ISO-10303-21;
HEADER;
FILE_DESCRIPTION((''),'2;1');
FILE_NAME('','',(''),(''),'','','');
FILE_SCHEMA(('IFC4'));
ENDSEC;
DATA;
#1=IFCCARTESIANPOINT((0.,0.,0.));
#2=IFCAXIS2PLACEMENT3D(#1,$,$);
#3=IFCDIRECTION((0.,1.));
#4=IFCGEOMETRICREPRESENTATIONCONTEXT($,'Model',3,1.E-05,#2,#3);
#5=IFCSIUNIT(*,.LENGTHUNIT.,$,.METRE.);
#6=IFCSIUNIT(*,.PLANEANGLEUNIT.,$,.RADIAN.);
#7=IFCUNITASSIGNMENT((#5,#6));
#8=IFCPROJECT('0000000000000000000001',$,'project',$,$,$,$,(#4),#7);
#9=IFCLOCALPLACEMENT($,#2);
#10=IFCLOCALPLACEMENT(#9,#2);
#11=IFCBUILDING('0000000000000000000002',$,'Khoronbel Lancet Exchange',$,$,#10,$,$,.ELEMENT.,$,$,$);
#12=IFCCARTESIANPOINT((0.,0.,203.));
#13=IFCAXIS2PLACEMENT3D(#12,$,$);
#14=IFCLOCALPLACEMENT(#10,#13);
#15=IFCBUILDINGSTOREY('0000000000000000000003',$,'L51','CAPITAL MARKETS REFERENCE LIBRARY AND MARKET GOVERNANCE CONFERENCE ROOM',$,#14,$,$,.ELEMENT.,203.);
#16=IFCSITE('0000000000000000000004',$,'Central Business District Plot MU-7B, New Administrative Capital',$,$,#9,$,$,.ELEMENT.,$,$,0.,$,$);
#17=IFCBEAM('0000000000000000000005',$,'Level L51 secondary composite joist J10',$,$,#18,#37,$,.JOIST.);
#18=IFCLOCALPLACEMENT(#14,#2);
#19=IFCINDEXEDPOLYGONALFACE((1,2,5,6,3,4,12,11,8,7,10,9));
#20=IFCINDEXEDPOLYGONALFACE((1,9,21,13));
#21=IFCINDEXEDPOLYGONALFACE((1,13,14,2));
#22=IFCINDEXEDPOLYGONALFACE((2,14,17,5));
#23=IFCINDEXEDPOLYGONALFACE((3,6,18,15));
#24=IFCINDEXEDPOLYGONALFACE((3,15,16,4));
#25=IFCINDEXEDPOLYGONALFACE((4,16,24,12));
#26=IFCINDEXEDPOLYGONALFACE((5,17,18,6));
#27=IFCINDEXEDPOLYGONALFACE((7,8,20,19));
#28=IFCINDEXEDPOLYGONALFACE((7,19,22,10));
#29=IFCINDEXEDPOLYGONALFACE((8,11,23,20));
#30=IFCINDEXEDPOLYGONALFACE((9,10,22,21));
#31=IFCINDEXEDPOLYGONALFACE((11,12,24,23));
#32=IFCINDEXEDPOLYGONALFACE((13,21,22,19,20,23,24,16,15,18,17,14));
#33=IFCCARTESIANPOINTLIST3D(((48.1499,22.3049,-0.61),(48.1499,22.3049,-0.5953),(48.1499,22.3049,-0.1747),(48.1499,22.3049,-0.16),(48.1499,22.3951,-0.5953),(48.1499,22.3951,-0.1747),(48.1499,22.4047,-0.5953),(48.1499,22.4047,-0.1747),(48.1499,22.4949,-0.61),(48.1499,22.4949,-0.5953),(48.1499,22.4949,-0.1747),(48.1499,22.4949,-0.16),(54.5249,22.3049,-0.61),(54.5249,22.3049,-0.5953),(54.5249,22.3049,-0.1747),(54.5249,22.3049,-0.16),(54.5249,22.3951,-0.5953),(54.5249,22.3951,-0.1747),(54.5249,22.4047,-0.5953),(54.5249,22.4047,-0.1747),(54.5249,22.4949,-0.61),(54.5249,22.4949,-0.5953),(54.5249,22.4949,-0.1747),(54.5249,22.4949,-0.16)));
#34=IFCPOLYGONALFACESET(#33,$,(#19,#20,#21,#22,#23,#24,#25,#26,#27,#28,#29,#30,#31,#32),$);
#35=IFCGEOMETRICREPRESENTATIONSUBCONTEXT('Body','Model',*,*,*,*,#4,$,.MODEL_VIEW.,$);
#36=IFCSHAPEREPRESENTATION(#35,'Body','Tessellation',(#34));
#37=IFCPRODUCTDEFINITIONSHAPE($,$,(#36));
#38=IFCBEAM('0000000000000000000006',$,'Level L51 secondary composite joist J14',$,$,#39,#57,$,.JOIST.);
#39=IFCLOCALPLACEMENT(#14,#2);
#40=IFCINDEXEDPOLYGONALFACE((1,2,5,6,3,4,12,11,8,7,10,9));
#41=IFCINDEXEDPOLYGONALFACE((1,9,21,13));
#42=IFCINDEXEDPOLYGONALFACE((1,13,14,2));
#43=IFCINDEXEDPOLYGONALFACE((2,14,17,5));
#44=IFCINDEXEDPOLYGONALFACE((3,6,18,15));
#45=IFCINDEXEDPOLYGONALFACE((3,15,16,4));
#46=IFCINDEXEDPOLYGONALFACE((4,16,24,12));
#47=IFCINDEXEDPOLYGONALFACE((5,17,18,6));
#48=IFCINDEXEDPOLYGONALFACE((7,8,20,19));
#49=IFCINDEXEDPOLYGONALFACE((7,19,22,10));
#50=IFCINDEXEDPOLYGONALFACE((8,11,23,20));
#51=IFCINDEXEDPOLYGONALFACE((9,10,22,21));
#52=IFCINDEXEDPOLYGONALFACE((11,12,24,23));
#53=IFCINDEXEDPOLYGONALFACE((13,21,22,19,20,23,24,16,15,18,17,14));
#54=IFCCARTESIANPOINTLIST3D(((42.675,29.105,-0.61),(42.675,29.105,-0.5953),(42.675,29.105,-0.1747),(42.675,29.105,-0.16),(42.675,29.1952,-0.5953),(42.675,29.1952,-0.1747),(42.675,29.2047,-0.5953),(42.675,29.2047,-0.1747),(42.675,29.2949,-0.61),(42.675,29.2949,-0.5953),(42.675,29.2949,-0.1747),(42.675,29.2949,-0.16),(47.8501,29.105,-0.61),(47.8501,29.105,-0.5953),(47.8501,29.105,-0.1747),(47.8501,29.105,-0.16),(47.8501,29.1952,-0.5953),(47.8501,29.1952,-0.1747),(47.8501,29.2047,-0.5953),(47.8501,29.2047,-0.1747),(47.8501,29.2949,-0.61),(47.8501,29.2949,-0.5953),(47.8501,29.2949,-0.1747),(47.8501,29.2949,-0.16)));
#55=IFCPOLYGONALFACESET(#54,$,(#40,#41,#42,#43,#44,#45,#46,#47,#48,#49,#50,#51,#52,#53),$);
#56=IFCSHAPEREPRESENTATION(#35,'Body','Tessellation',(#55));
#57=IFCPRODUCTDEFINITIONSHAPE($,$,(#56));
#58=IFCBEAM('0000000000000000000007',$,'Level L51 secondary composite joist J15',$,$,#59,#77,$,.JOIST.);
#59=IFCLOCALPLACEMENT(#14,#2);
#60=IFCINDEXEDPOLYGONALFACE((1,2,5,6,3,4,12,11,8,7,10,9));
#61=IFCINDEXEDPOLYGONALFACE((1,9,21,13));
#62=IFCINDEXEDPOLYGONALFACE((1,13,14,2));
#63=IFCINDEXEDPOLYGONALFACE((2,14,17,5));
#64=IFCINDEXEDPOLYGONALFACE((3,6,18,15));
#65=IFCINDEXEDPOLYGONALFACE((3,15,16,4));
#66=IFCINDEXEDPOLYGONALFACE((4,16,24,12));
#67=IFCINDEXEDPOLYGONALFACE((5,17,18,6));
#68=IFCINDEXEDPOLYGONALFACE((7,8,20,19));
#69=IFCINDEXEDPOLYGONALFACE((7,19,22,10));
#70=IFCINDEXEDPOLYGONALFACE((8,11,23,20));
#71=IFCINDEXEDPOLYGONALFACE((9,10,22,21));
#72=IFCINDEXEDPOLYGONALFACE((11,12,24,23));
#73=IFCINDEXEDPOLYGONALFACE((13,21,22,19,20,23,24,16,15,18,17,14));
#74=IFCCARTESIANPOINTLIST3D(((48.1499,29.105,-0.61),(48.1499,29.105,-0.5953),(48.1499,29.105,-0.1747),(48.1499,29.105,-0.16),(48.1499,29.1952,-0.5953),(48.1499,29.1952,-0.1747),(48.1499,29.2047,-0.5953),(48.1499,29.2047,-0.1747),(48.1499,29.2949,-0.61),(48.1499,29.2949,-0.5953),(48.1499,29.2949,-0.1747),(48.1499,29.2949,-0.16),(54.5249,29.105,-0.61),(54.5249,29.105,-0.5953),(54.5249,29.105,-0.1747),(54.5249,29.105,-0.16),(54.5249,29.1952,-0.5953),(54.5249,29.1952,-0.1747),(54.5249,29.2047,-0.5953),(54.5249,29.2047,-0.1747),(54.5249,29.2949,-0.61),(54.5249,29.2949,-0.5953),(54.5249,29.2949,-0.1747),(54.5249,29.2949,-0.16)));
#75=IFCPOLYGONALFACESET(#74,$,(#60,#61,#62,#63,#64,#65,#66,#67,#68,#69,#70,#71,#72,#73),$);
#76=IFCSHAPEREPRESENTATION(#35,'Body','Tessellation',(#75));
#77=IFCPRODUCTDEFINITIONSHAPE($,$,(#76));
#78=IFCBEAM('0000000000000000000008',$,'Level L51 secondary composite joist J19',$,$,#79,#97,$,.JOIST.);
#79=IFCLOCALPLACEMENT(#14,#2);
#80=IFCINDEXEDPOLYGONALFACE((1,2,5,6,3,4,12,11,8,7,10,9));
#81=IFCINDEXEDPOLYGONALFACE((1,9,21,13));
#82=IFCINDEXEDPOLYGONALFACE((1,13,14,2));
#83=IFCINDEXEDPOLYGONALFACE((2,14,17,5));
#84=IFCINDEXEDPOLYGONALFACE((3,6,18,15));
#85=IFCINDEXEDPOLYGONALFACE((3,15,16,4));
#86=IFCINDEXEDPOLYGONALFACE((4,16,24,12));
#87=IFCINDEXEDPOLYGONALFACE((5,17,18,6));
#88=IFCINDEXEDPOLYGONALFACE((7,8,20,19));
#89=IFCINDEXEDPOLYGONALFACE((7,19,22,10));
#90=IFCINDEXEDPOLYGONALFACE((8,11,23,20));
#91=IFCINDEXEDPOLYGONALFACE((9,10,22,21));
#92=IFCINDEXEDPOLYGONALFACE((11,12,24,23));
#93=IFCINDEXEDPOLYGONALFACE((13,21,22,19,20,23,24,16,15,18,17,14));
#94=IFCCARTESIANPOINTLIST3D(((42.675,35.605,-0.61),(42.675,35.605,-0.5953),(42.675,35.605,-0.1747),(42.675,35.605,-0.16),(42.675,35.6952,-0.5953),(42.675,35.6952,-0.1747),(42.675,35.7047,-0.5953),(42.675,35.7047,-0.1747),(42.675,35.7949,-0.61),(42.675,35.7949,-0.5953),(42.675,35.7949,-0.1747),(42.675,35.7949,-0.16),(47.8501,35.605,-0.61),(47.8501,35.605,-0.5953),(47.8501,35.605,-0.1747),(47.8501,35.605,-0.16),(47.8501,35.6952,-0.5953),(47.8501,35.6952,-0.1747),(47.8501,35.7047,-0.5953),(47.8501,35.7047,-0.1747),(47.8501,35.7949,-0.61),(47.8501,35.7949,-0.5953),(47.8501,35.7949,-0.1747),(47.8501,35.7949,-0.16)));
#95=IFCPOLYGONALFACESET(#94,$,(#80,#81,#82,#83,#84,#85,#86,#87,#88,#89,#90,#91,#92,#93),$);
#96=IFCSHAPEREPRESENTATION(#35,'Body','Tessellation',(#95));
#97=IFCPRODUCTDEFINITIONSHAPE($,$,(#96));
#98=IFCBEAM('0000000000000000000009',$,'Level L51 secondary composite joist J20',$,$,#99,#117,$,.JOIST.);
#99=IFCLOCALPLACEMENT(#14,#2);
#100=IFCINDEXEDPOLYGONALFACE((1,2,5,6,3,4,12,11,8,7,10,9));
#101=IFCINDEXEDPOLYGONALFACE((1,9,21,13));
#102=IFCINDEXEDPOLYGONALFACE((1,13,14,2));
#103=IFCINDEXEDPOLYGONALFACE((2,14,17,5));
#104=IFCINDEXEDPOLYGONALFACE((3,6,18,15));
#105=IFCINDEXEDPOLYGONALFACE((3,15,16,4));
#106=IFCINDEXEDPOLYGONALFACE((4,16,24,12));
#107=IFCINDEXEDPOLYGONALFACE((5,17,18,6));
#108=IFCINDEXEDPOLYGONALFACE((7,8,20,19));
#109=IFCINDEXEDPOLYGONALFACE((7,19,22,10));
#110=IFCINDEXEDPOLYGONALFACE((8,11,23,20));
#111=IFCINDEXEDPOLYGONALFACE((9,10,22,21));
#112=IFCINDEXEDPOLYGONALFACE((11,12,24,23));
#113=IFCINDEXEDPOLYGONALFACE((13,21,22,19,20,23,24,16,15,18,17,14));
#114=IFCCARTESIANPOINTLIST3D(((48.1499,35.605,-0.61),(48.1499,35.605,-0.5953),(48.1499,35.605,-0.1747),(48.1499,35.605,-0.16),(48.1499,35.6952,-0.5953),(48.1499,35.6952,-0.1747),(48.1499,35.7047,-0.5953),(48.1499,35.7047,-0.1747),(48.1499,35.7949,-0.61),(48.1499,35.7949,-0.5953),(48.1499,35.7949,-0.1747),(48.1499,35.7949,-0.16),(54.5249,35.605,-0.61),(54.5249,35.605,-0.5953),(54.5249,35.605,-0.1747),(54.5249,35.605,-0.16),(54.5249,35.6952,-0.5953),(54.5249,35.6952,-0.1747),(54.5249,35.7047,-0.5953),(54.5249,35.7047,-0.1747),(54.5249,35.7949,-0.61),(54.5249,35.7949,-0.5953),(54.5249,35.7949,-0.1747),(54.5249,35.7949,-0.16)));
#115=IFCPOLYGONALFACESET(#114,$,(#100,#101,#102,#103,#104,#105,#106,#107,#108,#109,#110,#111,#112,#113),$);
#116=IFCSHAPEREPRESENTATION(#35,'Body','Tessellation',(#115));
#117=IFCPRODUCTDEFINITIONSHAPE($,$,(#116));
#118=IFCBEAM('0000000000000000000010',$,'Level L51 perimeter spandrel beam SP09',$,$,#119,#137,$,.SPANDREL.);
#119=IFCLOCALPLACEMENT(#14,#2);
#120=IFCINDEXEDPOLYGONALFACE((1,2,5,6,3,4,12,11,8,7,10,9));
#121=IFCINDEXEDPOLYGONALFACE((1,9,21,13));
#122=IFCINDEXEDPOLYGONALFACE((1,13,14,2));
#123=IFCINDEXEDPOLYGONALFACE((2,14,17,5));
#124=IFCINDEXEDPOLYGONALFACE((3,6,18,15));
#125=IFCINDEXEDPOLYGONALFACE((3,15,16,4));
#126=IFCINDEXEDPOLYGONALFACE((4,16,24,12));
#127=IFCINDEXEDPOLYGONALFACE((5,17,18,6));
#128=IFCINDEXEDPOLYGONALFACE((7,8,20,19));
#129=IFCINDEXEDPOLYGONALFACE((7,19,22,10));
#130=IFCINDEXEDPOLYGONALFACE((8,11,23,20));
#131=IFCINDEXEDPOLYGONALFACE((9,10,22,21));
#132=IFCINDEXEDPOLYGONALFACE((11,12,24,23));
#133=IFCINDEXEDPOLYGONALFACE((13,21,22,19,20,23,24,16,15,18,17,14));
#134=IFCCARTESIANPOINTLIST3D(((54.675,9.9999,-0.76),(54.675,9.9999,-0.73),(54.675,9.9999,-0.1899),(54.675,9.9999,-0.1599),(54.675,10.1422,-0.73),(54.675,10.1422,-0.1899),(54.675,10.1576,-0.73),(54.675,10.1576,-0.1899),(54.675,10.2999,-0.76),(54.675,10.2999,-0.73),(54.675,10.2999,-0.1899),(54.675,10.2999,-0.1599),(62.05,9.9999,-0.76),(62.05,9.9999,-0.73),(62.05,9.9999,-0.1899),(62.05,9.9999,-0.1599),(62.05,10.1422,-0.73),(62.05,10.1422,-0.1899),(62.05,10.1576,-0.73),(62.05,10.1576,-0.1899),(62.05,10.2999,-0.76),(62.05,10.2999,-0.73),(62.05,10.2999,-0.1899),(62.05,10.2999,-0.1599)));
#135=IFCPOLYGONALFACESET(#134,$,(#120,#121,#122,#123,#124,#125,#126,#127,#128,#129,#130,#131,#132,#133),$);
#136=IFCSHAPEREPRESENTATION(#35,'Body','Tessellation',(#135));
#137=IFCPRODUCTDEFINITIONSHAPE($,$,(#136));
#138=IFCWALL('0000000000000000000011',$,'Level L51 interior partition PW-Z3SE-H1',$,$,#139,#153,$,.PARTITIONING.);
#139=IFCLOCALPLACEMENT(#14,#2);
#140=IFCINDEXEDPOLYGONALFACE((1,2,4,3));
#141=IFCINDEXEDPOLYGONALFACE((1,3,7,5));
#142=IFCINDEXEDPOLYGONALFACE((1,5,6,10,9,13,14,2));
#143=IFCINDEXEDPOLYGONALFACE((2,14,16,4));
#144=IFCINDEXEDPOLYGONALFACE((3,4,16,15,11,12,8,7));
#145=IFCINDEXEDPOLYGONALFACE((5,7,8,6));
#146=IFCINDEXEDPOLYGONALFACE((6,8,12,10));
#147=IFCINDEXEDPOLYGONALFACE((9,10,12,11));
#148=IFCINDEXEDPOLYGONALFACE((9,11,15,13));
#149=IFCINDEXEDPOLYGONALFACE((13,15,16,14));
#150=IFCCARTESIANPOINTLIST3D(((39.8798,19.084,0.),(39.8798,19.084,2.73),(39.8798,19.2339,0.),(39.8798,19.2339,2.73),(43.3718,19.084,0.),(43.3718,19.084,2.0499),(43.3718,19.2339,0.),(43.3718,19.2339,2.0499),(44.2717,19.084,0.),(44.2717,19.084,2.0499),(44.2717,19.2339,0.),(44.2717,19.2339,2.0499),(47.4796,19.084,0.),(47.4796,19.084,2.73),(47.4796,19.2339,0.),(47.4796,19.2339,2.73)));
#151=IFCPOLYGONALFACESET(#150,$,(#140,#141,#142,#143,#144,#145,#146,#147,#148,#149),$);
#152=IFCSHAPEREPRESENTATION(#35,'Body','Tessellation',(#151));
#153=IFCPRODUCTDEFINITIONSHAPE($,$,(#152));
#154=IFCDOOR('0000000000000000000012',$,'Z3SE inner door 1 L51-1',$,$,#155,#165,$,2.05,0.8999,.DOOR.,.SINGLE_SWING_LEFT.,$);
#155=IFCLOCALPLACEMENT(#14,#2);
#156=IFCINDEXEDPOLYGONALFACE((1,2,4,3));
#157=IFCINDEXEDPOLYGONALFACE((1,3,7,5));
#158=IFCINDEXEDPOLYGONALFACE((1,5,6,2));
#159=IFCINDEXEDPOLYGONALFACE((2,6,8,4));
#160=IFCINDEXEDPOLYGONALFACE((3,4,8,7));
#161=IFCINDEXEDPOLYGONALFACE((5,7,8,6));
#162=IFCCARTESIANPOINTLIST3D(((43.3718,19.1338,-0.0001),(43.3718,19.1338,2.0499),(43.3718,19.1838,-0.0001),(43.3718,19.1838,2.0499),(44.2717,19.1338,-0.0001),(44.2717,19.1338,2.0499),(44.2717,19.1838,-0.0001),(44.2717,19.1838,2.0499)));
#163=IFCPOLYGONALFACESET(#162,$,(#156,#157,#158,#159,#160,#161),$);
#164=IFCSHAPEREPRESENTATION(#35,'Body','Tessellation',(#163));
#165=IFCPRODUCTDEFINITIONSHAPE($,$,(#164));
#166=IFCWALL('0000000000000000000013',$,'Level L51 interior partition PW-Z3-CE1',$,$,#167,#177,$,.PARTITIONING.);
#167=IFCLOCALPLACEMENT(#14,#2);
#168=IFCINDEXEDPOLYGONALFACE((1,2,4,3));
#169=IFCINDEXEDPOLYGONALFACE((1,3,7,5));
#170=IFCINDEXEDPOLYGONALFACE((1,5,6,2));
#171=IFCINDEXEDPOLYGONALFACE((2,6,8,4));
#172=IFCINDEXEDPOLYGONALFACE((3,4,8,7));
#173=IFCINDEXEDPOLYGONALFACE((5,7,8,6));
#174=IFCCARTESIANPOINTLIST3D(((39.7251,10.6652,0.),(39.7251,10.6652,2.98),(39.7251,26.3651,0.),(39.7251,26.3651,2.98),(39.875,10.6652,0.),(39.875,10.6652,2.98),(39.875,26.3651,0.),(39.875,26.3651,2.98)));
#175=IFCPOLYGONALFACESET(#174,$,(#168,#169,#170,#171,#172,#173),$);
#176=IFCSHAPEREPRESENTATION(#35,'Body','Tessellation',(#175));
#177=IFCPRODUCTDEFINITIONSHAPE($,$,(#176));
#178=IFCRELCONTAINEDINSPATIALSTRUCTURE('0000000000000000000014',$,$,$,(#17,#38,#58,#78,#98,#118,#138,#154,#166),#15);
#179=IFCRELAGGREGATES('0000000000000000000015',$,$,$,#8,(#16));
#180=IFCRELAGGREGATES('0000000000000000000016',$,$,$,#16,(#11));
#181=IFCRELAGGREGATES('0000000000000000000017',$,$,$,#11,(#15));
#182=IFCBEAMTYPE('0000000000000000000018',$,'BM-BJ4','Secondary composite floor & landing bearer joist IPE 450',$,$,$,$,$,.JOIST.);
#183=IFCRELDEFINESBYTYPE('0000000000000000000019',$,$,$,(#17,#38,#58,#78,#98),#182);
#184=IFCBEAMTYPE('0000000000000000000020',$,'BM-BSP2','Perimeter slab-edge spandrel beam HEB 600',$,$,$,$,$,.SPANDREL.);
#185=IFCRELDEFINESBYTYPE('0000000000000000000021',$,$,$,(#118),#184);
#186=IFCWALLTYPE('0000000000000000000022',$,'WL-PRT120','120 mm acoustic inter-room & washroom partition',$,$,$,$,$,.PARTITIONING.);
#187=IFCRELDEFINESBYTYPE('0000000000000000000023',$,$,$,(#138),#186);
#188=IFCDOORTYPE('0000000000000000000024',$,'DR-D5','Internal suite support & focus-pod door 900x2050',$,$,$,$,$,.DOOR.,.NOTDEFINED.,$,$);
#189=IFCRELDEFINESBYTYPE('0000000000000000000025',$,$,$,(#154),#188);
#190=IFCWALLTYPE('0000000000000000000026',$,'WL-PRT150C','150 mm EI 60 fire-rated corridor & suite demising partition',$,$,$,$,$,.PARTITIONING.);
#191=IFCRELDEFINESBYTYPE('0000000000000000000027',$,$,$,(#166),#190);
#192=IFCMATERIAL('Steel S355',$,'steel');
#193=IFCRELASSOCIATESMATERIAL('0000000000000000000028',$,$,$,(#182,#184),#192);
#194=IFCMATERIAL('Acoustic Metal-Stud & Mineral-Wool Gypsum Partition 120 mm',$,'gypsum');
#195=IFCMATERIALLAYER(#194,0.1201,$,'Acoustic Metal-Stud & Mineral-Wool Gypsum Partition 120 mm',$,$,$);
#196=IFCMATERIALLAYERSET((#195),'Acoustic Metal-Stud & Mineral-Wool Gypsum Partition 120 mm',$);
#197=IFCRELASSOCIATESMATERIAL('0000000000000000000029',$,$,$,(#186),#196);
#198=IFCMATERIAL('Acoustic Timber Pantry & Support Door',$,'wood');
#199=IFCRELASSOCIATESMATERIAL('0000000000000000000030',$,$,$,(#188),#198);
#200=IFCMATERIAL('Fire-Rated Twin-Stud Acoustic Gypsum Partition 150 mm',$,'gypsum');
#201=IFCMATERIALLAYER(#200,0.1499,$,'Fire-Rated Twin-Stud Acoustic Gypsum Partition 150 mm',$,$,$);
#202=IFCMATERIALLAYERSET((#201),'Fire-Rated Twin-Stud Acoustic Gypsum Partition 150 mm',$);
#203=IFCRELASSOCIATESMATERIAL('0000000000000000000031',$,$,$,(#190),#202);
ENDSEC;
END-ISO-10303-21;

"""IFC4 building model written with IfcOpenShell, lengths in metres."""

from ifc_helpers import new_model, si_unit, direction, frame, frame_2d, origin, origin_2d, place, context, subcontext, project, spatial, rectangle, i_section, extrude, material, layer, layer_set, material_profile, profile_set, type_object, element, fill, save


model = new_model("IFC4")

# Units and contexts
model_context = context("Model", 3, precision=1e-05, world=origin(), true_north=direction((0.0, 1.0)))
body_context = subcontext(model_context, "Body", "Model", "MODEL_VIEW")
ifc_project = project(units=[si_unit("LENGTHUNIT", "METRE"), si_unit("PLANEANGLEUNIT", "RADIAN")], contexts=[model_context])

# Site, building, storey
site_placement = place(None, origin())
site = spatial("IfcSite", under=ifc_project, at=site_placement, Name="Central Business District Plot MU-7B, New Administrative Capital", CompositionType="ELEMENT", RefElevation=0.0)
building_placement = place(site_placement, origin())
building = spatial("IfcBuilding", under=site, at=building_placement, Name="Khoronbel Lancet Exchange", CompositionType="ELEMENT")
storey_placement = place(building_placement, frame((0.0, 0.0, 203.0)))
storey = spatial("IfcBuildingStorey", under=building, at=storey_placement, Name="L51", Description="CAPITAL MARKETS REFERENCE LIBRARY AND MARKET GOVERNANCE CONFERENCE ROOM", CompositionType="ELEMENT", Elevation=203.0)

# Shared definitions
ifc_material_1 = material(Name="Steel S355", Category="steel")

# Beams
ifc_material_profile_1 = material_profile(ifc_material_1, i_section(OverallWidth=0.1899, OverallDepth=0.45, WebThickness=0.0095, FlangeThickness=0.0146, at=origin_2d()), Name="IPE 450")
ifc_profile_set_1 = profile_set([ifc_material_profile_1], Name="Steel S355")
beam_type_1 = type_object("IfcBeamType", Name="BM-BJ4", Description="Secondary composite floor & landing bearer joist IPE 450", PredefinedType="JOIST", material=ifc_profile_set_1)
beam_1_placement = place(storey_placement, frame((48.1499, 22.3999, -0.385), z_axis=(1.0, 0.0, 0.0), x_axis=(0.0, 1.0, 0.0)))
element("IfcBeam", 1, at=beam_1_placement, inside=storey, type_object=beam_type_1, Name="Level L51 secondary composite joist J10", PredefinedType="JOIST", context=body_context, shape_type="SweptSolid", body=[
    extrude(i_section(OverallWidth=0.1899, OverallDepth=0.45, WebThickness=0.0095, FlangeThickness=0.0146, at=origin_2d()), origin(), (0.0, 0.0, 1.0), 6.375),
])
beam_2_placement = place(storey_placement, frame((42.675, 29.2, -0.385), z_axis=(1.0, 0.0, 0.0), x_axis=(0.0, 1.0, 0.0)))
element("IfcBeam", 2, at=beam_2_placement, inside=storey, type_object=beam_type_1, Name="Level L51 secondary composite joist J14", PredefinedType="JOIST", context=body_context, shape_type="SweptSolid", body=[
    extrude(i_section(OverallWidth=0.1899, OverallDepth=0.45, WebThickness=0.0095, FlangeThickness=0.0146, at=origin_2d()), origin(), (0.0, 0.0, 1.0), 5.175),
])
beam_3_placement = place(storey_placement, frame((48.1499, 29.2, -0.385), z_axis=(1.0, 0.0, 0.0), x_axis=(0.0, 1.0, 0.0)))
element("IfcBeam", 3, at=beam_3_placement, inside=storey, type_object=beam_type_1, Name="Level L51 secondary composite joist J15", PredefinedType="JOIST", context=body_context, shape_type="SweptSolid", body=[
    extrude(i_section(OverallWidth=0.1899, OverallDepth=0.45, WebThickness=0.0095, FlangeThickness=0.0146, at=origin_2d()), origin(), (0.0, 0.0, 1.0), 6.375),
])
beam_4_placement = place(storey_placement, frame((42.675, 35.7, -0.385), z_axis=(1.0, 0.0, 0.0), x_axis=(0.0, 1.0, 0.0)))
element("IfcBeam", 4, at=beam_4_placement, inside=storey, type_object=beam_type_1, Name="Level L51 secondary composite joist J19", PredefinedType="JOIST", context=body_context, shape_type="SweptSolid", body=[
    extrude(i_section(OverallWidth=0.1899, OverallDepth=0.45, WebThickness=0.0095, FlangeThickness=0.0146, at=origin_2d()), origin(), (0.0, 0.0, 1.0), 5.175),
])
beam_5_placement = place(storey_placement, frame((48.1499, 35.7, -0.385), z_axis=(1.0, 0.0, 0.0), x_axis=(0.0, 1.0, 0.0)))
element("IfcBeam", 5, at=beam_5_placement, inside=storey, type_object=beam_type_1, Name="Level L51 secondary composite joist J20", PredefinedType="JOIST", context=body_context, shape_type="SweptSolid", body=[
    extrude(i_section(OverallWidth=0.1899, OverallDepth=0.45, WebThickness=0.0095, FlangeThickness=0.0146, at=origin_2d()), origin(), (0.0, 0.0, 1.0), 6.375),
])
ifc_material_profile_2 = material_profile(ifc_material_1, i_section(OverallWidth=0.3, OverallDepth=0.6001, WebThickness=0.0154, FlangeThickness=0.03, at=origin_2d()), Name="HEB 600")
ifc_profile_set_2 = profile_set([ifc_material_profile_2], Name="Steel S355")
beam_type_2 = type_object("IfcBeamType", Name="BM-BSP2", Description="Perimeter slab-edge spandrel beam HEB 600", PredefinedType="SPANDREL", material=ifc_profile_set_2)
beam_6_placement = place(storey_placement, frame((54.675, 10.1499, -0.46), z_axis=(1.0, 0.0, 0.0), x_axis=(0.0, 1.0, 0.0)))
element("IfcBeam", 6, at=beam_6_placement, inside=storey, type_object=beam_type_2, Name="Level L51 perimeter spandrel beam SP09", PredefinedType="SPANDREL", context=body_context, shape_type="SweptSolid", body=[
    extrude(i_section(OverallWidth=0.3, OverallDepth=0.6001, WebThickness=0.0154, FlangeThickness=0.03, at=origin_2d()), origin(), (0.0, 0.0, 1.0), 7.375),
])

# Wall, opening, door
ifc_material_2 = material(Name="Acoustic Metal-Stud & Mineral-Wool Gypsum Partition 120 mm", Category="gypsum")
ifc_layer_1 = layer(ifc_material_2, 0.1201, Name="Acoustic Metal-Stud & Mineral-Wool Gypsum Partition 120 mm")
ifc_layer_set_1 = layer_set([ifc_layer_1], Name="Acoustic Metal-Stud & Mineral-Wool Gypsum Partition 120 mm")
wall_type_1 = type_object("IfcWallType", Name="WL-PRT120", Description="120 mm acoustic inter-room & washroom partition", PredefinedType="PARTITIONING", material=ifc_layer_set_1)
wall_1_placement = place(storey_placement, frame((39.8799, 19.1589, 0.0), z_axis=(0.0, 0.0, 1.0), x_axis=(1.0, 0.0, 0.0)))
wall_1 = element("IfcWall", 7, at=wall_1_placement, inside=storey, type_object=wall_type_1, Name="Level L51 interior partition PW-Z3SE-H1", PredefinedType="PARTITIONING", context=body_context, shape_type="SweptSolid", body=[
    extrude(rectangle(XDim=7.5999, YDim=0.1499, at=frame_2d((3.7998, 0.0))), origin(), (0.0, 0.0, 1.0), 2.73),
])
opening_1_placement = place(wall_1_placement, frame((3.4919, 0.0, 0.0)))
opening_1 = element("IfcOpeningElement", 8, at=opening_1_placement, cuts=wall_1, PredefinedType="OPENING", context=body_context, shape_type="SweptSolid", body=[
    extrude(rectangle(XDim=0.8999, YDim=2.05, at=frame_2d((0.45, 1.0249))), frame((0.0, 0.085, 0.0), z_axis=(0.0, -1.0, 0.0), x_axis=(1.0, 0.0, 0.0)), (0.0, 0.0, 1.0), 0.1699),
])
ifc_material_3 = material(Name="Acoustic Timber Pantry & Support Door", Category="wood")
door_type_1 = type_object("IfcDoorType", Name="DR-D5", Description="Internal suite support & focus-pod door 900x2050", OperationType="NOTDEFINED", PredefinedType="DOOR", material=ifc_material_3)
door_1_placement = place(opening_1_placement, origin())
door_1 = element("IfcDoor", 9, at=door_1_placement, inside=storey, type_object=door_type_1, Name="Z3SE inner door 1 L51-1", OperationType="SINGLE_SWING_LEFT", OverallHeight=2.05, OverallWidth=0.8999, PredefinedType="DOOR", context=body_context, shape_type="SweptSolid", body=[
    extrude(rectangle(XDim=0.8999, YDim=2.05, at=frame_2d((0.45, 1.0249))), frame((0.0, 0.0249, 0.0), z_axis=(0.0, -1.0, 0.0), x_axis=(1.0, 0.0, 0.0)), (0.0, 0.0, 1.0), 0.05),
])
fill(opening_1, door_1)

# Wall
ifc_material_4 = material(Name="Fire-Rated Twin-Stud Acoustic Gypsum Partition 150 mm", Category="gypsum")
ifc_layer_2 = layer(ifc_material_4, 0.1499, Name="Fire-Rated Twin-Stud Acoustic Gypsum Partition 150 mm")
ifc_layer_set_2 = layer_set([ifc_layer_2], Name="Fire-Rated Twin-Stud Acoustic Gypsum Partition 150 mm")
wall_type_2 = type_object("IfcWallType", Name="WL-PRT150C", Description="150 mm EI 60 fire-rated corridor & suite demising partition", PredefinedType="PARTITIONING", material=ifc_layer_set_2)
wall_2_placement = place(storey_placement, frame((39.8, 10.665, 0.0), z_axis=(0.0, 0.0, 1.0), x_axis=(0.0, 1.0, 0.0)))
element("IfcWall", 10, at=wall_2_placement, inside=storey, type_object=wall_type_2, Name="Level L51 interior partition PW-Z3-CE1", PredefinedType="PARTITIONING", context=body_context, shape_type="SweptSolid", body=[
    extrude(rectangle(XDim=15.7, YDim=0.1499, at=frame_2d((7.8501, 0.0))), origin(), (0.0, 0.0, 1.0), 2.98),
])

save(model, "model.ifc")
